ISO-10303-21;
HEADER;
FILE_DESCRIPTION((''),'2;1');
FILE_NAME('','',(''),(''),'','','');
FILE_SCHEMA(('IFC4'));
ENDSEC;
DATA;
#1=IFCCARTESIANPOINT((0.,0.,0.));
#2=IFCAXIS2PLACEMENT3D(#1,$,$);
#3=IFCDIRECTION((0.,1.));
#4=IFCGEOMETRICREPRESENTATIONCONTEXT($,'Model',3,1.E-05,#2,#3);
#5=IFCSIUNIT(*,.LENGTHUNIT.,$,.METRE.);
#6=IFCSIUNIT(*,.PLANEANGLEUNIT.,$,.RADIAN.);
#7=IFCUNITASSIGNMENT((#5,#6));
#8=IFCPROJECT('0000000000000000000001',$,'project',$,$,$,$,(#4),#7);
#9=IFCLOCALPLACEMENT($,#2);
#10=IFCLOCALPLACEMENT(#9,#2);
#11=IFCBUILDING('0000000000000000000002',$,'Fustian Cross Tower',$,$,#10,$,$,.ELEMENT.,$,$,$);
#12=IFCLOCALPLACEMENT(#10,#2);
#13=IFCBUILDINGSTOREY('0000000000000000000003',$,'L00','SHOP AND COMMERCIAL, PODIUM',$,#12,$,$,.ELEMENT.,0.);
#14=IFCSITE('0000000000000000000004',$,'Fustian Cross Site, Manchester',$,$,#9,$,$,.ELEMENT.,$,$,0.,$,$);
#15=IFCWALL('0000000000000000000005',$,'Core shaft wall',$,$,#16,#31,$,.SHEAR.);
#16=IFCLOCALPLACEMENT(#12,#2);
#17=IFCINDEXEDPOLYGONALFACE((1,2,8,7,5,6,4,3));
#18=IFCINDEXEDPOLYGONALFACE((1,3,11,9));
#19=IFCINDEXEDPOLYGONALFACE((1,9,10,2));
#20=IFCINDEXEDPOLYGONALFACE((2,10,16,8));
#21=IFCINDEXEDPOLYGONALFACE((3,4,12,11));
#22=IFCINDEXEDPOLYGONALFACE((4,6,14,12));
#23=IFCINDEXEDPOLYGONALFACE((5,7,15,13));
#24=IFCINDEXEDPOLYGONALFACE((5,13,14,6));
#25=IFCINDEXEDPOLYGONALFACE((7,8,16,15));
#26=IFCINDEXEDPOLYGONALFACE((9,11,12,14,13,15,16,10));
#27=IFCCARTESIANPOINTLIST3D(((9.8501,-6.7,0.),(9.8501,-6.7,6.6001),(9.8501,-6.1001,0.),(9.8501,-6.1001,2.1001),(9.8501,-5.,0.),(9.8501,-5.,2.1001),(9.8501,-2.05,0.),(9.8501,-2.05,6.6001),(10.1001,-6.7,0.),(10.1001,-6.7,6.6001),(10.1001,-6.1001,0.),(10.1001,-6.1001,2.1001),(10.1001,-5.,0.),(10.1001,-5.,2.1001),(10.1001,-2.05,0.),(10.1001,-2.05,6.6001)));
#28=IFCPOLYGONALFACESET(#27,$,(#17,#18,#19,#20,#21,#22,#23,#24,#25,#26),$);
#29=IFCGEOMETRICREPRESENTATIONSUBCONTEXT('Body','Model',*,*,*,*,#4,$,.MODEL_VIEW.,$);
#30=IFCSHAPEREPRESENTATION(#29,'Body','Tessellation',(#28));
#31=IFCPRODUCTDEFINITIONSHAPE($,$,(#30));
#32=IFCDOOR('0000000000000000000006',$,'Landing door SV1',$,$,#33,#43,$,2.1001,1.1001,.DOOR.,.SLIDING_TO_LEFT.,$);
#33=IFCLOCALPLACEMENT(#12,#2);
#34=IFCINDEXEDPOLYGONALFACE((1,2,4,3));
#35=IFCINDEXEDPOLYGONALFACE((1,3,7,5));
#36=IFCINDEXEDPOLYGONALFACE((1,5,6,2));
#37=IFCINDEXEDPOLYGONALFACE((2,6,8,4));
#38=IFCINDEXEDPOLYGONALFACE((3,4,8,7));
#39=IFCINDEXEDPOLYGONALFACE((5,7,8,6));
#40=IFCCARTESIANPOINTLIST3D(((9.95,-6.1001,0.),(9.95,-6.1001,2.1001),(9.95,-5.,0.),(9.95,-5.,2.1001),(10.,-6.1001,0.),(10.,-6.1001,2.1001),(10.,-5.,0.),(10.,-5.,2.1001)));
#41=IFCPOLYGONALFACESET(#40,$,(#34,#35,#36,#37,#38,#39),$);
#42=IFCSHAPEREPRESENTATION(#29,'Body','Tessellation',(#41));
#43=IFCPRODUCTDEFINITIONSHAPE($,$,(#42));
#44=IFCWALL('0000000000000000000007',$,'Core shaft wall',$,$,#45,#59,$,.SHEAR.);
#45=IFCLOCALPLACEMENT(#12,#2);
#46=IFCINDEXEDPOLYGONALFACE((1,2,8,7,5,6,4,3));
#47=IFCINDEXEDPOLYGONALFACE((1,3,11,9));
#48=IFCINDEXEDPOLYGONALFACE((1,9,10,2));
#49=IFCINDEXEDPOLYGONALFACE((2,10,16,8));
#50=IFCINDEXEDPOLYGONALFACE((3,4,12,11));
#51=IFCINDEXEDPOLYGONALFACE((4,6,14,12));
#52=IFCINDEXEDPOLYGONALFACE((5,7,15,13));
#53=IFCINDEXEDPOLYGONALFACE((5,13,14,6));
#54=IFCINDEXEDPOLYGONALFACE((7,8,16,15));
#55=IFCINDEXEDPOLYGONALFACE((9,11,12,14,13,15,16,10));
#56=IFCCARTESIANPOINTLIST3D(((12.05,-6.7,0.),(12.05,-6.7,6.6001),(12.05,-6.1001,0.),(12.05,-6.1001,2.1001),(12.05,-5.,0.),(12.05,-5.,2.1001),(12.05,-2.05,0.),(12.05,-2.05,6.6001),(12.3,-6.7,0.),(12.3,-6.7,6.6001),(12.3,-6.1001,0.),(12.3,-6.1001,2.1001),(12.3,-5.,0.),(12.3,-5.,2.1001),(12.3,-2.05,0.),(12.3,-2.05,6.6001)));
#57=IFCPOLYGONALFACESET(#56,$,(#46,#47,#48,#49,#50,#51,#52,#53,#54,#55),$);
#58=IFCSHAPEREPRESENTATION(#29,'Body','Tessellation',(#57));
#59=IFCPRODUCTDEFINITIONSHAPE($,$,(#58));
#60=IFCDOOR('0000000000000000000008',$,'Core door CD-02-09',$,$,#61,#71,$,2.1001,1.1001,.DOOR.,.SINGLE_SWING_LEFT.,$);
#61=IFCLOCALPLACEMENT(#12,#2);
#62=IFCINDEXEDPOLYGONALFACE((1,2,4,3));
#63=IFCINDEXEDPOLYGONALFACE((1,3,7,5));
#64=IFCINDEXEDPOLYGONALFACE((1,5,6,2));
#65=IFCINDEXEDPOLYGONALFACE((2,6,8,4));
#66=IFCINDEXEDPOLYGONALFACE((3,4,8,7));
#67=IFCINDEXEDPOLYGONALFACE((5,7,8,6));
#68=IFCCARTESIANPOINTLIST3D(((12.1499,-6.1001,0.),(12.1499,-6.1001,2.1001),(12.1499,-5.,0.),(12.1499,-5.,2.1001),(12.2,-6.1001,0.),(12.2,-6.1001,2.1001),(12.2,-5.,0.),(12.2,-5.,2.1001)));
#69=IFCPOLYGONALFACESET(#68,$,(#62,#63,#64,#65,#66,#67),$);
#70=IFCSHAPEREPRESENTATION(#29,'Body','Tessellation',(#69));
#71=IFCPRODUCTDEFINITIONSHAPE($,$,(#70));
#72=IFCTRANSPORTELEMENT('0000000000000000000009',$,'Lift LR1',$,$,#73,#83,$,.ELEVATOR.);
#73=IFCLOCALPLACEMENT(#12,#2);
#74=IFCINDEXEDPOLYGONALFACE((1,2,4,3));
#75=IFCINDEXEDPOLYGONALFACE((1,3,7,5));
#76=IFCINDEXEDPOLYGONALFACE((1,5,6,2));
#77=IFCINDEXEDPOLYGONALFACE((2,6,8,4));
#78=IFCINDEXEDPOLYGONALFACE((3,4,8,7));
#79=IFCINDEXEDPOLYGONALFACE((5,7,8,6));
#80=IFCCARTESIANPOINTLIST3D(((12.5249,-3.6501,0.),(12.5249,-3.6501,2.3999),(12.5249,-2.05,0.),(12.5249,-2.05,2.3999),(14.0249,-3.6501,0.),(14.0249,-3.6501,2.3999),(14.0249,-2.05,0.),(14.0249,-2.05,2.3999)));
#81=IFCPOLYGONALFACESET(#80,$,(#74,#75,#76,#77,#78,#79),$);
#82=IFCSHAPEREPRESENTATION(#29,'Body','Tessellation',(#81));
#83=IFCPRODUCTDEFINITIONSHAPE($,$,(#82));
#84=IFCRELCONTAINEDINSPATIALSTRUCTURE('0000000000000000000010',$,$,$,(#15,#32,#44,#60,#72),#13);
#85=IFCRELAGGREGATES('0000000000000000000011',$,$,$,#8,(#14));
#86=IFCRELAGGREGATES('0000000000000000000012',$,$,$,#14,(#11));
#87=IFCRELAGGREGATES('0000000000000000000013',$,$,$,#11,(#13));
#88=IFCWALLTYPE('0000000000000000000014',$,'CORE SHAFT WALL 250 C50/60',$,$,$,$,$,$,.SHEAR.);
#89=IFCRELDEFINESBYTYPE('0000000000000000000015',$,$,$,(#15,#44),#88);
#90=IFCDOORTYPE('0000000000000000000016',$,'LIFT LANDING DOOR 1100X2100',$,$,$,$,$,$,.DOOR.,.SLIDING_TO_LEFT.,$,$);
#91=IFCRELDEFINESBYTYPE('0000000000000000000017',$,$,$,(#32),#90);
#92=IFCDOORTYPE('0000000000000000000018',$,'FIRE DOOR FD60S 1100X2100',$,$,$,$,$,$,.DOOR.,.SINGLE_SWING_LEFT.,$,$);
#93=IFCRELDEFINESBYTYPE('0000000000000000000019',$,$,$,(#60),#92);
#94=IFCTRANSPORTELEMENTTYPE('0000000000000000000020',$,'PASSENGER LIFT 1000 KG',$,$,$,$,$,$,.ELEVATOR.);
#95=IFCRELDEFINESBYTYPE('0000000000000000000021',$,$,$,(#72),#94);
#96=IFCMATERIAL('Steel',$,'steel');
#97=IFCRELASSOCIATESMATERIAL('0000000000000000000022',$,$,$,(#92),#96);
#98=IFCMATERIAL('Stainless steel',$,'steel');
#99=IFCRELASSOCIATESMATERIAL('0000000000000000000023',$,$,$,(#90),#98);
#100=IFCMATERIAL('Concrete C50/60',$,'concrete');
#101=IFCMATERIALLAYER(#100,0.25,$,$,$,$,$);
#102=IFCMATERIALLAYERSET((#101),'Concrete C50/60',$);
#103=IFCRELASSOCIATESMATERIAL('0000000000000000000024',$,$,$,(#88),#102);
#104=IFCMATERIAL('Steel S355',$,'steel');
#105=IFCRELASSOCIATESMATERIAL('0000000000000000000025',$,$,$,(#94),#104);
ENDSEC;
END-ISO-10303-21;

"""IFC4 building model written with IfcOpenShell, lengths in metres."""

from ifc_helpers import new_model, si_unit, direction, frame, frame_2d, origin, origin_2d, place, context, subcontext, project, spatial, rectangle, extrude, material, layer, layer_set, type_object, element, fill, save


model = new_model("IFC4")

# Units and contexts
model_context = context("Model", 3, precision=1e-05, world=origin(), true_north=direction((0.0, 1.0)))
body_context = subcontext(model_context, "Body", "Model", "MODEL_VIEW")
ifc_project = project(units=[si_unit("LENGTHUNIT", "METRE"), si_unit("PLANEANGLEUNIT", "RADIAN")], contexts=[model_context])

# Site, building, storey
site_placement = place(None, origin())
site = spatial("IfcSite", under=ifc_project, at=site_placement, Name="Fustian Cross Site, Manchester", CompositionType="ELEMENT", RefElevation=0.0)
building_placement = place(site_placement, origin())
building = spatial("IfcBuilding", under=site, at=building_placement, Name="Fustian Cross Tower", CompositionType="ELEMENT")
storey_placement = place(building_placement, origin())
storey = spatial("IfcBuildingStorey", under=building, at=storey_placement, Name="L00", Description="SHOP AND COMMERCIAL, PODIUM", CompositionType="ELEMENT", Elevation=0.0)

# Shared definitions
ifc_material_1 = material(Name="Steel", Category="steel")
door_type_1 = type_object("IfcDoorType", Name="FIRE DOOR FD60S 1100X2100", OperationType="SINGLE_SWING_LEFT", PredefinedType="DOOR", material=ifc_material_1)

# Shared definitions
ifc_material_2 = material(Name="Stainless steel", Category="steel")
door_type_2 = type_object("IfcDoorType", Name="LIFT LANDING DOOR 1100X2100", OperationType="SLIDING_TO_LEFT", PredefinedType="DOOR", material=ifc_material_2)

# Shared definitions
ifc_material_3 = material(Name="Concrete C50/60", Category="concrete")
ifc_layer_1 = layer(ifc_material_3, 0.25)
ifc_layer_set_1 = layer_set([ifc_layer_1], Name="Concrete C50/60")
wall_type_1 = type_object("IfcWallType", Name="CORE SHAFT WALL 250 C50/60", PredefinedType="SHEAR", material=ifc_layer_set_1)

# Walls, openings, doors
wall_1_placement = place(storey_placement, frame((9.9751, -2.05, 0.0), z_axis=(0.0, 0.0, 1.0), x_axis=(0.0, -1.0, 0.0)))
wall_1 = element("IfcWall", 1, at=wall_1_placement, inside=storey, type_object=wall_type_1, Name="Core shaft wall", PredefinedType="SHEAR", context=body_context, shape_type="SweptSolid", body=[
    extrude(rectangle(XDim=4.6499, YDim=0.25, at=frame_2d((2.325, 0.0))), origin(), (0.0, 0.0, 1.0), 6.6001),
])
opening_1_placement = place(wall_1_placement, frame((2.95, 0.0, 0.0)))
opening_1 = element("IfcOpeningElement", 2, at=opening_1_placement, cuts=wall_1, PredefinedType="OPENING", context=body_context, shape_type="SweptSolid", body=[
    extrude(rectangle(XDim=1.1001, YDim=2.1001, at=frame_2d((0.55, 1.05))), frame((0.0, 0.135, 0.0), z_axis=(0.0, -1.0, 0.0), x_axis=(1.0, 0.0, 0.0)), (0.0, 0.0, 1.0), 0.27),
])
door_1_placement = place(opening_1_placement, origin())
door_1 = element("IfcDoor", 3, at=door_1_placement, inside=storey, type_object=door_type_2, Name="Landing door SV1", OperationType="SLIDING_TO_LEFT", OverallHeight=2.1001, OverallWidth=1.1001, PredefinedType="DOOR", context=body_context, shape_type="SweptSolid", body=[
    extrude(rectangle(XDim=1.1001, YDim=2.1001, at=frame_2d((0.55, 1.05))), frame((0.0, 0.0249, 0.0), z_axis=(0.0, -1.0, 0.0), x_axis=(1.0, 0.0, 0.0)), (0.0, 0.0, 1.0), 0.05),
])
fill(opening_1, door_1)
wall_2_placement = place(storey_placement, frame((12.175, -2.05, 0.0), z_axis=(0.0, 0.0, 1.0), x_axis=(0.0, -1.0, 0.0)))
wall_2 = element("IfcWall", 4, at=wall_2_placement, inside=storey, type_object=wall_type_1, Name="Core shaft wall", PredefinedType="SHEAR", context=body_context, shape_type="SweptSolid", body=[
    extrude(rectangle(XDim=4.6499, YDim=0.25, at=frame_2d((2.325, 0.0))), origin(), (0.0, 0.0, 1.0), 6.6001),
])
opening_2_placement = place(wall_2_placement, frame((2.95, 0.0, 0.0)))
opening_2 = element("IfcOpeningElement", 5, at=opening_2_placement, cuts=wall_2, PredefinedType="OPENING", context=body_context, shape_type="SweptSolid", body=[
    extrude(rectangle(XDim=1.1001, YDim=2.1001, at=frame_2d((0.55, 1.05))), frame((0.0, 0.135, 0.0), z_axis=(0.0, -1.0, 0.0), x_axis=(1.0, 0.0, 0.0)), (0.0, 0.0, 1.0), 0.27),
])
door_2_placement = place(opening_2_placement, origin())
door_2 = element("IfcDoor", 6, at=door_2_placement, inside=storey, type_object=door_type_1, Name="Core door CD-02-09", OperationType="SINGLE_SWING_LEFT", OverallHeight=2.1001, OverallWidth=1.1001, PredefinedType="DOOR", context=body_context, shape_type="SweptSolid", body=[
    extrude(rectangle(XDim=1.1001, YDim=2.1001, at=frame_2d((0.55, 1.05))), frame((0.0, 0.0249, 0.0), z_axis=(0.0, -1.0, 0.0), x_axis=(1.0, 0.0, 0.0)), (0.0, 0.0, 1.0), 0.05),
])
fill(opening_2, door_2)

# Transport element
ifc_material_4 = material(Name="Steel S355", Category="steel")
transport_element_type = type_object("IfcTransportElementType", Name="PASSENGER LIFT 1000 KG", PredefinedType="ELEVATOR", material=ifc_material_4)
transport_element_placement = place(storey_placement, frame((13.2749, -2.8501, 0.0), z_axis=(0.0, 0.0, 1.0), x_axis=(1.0, 0.0, 0.0)))
element("IfcTransportElement", 7, at=transport_element_placement, inside=storey, type_object=transport_element_type, Name="Lift LR1", PredefinedType="ELEVATOR", context=body_context, shape_type="SweptSolid", body=[
    extrude(rectangle(XDim=1.5, YDim=1.6001, at=origin_2d()), origin(), (0.0, 0.0, 1.0), 2.3999),
])

save(model, "model.ifc")
